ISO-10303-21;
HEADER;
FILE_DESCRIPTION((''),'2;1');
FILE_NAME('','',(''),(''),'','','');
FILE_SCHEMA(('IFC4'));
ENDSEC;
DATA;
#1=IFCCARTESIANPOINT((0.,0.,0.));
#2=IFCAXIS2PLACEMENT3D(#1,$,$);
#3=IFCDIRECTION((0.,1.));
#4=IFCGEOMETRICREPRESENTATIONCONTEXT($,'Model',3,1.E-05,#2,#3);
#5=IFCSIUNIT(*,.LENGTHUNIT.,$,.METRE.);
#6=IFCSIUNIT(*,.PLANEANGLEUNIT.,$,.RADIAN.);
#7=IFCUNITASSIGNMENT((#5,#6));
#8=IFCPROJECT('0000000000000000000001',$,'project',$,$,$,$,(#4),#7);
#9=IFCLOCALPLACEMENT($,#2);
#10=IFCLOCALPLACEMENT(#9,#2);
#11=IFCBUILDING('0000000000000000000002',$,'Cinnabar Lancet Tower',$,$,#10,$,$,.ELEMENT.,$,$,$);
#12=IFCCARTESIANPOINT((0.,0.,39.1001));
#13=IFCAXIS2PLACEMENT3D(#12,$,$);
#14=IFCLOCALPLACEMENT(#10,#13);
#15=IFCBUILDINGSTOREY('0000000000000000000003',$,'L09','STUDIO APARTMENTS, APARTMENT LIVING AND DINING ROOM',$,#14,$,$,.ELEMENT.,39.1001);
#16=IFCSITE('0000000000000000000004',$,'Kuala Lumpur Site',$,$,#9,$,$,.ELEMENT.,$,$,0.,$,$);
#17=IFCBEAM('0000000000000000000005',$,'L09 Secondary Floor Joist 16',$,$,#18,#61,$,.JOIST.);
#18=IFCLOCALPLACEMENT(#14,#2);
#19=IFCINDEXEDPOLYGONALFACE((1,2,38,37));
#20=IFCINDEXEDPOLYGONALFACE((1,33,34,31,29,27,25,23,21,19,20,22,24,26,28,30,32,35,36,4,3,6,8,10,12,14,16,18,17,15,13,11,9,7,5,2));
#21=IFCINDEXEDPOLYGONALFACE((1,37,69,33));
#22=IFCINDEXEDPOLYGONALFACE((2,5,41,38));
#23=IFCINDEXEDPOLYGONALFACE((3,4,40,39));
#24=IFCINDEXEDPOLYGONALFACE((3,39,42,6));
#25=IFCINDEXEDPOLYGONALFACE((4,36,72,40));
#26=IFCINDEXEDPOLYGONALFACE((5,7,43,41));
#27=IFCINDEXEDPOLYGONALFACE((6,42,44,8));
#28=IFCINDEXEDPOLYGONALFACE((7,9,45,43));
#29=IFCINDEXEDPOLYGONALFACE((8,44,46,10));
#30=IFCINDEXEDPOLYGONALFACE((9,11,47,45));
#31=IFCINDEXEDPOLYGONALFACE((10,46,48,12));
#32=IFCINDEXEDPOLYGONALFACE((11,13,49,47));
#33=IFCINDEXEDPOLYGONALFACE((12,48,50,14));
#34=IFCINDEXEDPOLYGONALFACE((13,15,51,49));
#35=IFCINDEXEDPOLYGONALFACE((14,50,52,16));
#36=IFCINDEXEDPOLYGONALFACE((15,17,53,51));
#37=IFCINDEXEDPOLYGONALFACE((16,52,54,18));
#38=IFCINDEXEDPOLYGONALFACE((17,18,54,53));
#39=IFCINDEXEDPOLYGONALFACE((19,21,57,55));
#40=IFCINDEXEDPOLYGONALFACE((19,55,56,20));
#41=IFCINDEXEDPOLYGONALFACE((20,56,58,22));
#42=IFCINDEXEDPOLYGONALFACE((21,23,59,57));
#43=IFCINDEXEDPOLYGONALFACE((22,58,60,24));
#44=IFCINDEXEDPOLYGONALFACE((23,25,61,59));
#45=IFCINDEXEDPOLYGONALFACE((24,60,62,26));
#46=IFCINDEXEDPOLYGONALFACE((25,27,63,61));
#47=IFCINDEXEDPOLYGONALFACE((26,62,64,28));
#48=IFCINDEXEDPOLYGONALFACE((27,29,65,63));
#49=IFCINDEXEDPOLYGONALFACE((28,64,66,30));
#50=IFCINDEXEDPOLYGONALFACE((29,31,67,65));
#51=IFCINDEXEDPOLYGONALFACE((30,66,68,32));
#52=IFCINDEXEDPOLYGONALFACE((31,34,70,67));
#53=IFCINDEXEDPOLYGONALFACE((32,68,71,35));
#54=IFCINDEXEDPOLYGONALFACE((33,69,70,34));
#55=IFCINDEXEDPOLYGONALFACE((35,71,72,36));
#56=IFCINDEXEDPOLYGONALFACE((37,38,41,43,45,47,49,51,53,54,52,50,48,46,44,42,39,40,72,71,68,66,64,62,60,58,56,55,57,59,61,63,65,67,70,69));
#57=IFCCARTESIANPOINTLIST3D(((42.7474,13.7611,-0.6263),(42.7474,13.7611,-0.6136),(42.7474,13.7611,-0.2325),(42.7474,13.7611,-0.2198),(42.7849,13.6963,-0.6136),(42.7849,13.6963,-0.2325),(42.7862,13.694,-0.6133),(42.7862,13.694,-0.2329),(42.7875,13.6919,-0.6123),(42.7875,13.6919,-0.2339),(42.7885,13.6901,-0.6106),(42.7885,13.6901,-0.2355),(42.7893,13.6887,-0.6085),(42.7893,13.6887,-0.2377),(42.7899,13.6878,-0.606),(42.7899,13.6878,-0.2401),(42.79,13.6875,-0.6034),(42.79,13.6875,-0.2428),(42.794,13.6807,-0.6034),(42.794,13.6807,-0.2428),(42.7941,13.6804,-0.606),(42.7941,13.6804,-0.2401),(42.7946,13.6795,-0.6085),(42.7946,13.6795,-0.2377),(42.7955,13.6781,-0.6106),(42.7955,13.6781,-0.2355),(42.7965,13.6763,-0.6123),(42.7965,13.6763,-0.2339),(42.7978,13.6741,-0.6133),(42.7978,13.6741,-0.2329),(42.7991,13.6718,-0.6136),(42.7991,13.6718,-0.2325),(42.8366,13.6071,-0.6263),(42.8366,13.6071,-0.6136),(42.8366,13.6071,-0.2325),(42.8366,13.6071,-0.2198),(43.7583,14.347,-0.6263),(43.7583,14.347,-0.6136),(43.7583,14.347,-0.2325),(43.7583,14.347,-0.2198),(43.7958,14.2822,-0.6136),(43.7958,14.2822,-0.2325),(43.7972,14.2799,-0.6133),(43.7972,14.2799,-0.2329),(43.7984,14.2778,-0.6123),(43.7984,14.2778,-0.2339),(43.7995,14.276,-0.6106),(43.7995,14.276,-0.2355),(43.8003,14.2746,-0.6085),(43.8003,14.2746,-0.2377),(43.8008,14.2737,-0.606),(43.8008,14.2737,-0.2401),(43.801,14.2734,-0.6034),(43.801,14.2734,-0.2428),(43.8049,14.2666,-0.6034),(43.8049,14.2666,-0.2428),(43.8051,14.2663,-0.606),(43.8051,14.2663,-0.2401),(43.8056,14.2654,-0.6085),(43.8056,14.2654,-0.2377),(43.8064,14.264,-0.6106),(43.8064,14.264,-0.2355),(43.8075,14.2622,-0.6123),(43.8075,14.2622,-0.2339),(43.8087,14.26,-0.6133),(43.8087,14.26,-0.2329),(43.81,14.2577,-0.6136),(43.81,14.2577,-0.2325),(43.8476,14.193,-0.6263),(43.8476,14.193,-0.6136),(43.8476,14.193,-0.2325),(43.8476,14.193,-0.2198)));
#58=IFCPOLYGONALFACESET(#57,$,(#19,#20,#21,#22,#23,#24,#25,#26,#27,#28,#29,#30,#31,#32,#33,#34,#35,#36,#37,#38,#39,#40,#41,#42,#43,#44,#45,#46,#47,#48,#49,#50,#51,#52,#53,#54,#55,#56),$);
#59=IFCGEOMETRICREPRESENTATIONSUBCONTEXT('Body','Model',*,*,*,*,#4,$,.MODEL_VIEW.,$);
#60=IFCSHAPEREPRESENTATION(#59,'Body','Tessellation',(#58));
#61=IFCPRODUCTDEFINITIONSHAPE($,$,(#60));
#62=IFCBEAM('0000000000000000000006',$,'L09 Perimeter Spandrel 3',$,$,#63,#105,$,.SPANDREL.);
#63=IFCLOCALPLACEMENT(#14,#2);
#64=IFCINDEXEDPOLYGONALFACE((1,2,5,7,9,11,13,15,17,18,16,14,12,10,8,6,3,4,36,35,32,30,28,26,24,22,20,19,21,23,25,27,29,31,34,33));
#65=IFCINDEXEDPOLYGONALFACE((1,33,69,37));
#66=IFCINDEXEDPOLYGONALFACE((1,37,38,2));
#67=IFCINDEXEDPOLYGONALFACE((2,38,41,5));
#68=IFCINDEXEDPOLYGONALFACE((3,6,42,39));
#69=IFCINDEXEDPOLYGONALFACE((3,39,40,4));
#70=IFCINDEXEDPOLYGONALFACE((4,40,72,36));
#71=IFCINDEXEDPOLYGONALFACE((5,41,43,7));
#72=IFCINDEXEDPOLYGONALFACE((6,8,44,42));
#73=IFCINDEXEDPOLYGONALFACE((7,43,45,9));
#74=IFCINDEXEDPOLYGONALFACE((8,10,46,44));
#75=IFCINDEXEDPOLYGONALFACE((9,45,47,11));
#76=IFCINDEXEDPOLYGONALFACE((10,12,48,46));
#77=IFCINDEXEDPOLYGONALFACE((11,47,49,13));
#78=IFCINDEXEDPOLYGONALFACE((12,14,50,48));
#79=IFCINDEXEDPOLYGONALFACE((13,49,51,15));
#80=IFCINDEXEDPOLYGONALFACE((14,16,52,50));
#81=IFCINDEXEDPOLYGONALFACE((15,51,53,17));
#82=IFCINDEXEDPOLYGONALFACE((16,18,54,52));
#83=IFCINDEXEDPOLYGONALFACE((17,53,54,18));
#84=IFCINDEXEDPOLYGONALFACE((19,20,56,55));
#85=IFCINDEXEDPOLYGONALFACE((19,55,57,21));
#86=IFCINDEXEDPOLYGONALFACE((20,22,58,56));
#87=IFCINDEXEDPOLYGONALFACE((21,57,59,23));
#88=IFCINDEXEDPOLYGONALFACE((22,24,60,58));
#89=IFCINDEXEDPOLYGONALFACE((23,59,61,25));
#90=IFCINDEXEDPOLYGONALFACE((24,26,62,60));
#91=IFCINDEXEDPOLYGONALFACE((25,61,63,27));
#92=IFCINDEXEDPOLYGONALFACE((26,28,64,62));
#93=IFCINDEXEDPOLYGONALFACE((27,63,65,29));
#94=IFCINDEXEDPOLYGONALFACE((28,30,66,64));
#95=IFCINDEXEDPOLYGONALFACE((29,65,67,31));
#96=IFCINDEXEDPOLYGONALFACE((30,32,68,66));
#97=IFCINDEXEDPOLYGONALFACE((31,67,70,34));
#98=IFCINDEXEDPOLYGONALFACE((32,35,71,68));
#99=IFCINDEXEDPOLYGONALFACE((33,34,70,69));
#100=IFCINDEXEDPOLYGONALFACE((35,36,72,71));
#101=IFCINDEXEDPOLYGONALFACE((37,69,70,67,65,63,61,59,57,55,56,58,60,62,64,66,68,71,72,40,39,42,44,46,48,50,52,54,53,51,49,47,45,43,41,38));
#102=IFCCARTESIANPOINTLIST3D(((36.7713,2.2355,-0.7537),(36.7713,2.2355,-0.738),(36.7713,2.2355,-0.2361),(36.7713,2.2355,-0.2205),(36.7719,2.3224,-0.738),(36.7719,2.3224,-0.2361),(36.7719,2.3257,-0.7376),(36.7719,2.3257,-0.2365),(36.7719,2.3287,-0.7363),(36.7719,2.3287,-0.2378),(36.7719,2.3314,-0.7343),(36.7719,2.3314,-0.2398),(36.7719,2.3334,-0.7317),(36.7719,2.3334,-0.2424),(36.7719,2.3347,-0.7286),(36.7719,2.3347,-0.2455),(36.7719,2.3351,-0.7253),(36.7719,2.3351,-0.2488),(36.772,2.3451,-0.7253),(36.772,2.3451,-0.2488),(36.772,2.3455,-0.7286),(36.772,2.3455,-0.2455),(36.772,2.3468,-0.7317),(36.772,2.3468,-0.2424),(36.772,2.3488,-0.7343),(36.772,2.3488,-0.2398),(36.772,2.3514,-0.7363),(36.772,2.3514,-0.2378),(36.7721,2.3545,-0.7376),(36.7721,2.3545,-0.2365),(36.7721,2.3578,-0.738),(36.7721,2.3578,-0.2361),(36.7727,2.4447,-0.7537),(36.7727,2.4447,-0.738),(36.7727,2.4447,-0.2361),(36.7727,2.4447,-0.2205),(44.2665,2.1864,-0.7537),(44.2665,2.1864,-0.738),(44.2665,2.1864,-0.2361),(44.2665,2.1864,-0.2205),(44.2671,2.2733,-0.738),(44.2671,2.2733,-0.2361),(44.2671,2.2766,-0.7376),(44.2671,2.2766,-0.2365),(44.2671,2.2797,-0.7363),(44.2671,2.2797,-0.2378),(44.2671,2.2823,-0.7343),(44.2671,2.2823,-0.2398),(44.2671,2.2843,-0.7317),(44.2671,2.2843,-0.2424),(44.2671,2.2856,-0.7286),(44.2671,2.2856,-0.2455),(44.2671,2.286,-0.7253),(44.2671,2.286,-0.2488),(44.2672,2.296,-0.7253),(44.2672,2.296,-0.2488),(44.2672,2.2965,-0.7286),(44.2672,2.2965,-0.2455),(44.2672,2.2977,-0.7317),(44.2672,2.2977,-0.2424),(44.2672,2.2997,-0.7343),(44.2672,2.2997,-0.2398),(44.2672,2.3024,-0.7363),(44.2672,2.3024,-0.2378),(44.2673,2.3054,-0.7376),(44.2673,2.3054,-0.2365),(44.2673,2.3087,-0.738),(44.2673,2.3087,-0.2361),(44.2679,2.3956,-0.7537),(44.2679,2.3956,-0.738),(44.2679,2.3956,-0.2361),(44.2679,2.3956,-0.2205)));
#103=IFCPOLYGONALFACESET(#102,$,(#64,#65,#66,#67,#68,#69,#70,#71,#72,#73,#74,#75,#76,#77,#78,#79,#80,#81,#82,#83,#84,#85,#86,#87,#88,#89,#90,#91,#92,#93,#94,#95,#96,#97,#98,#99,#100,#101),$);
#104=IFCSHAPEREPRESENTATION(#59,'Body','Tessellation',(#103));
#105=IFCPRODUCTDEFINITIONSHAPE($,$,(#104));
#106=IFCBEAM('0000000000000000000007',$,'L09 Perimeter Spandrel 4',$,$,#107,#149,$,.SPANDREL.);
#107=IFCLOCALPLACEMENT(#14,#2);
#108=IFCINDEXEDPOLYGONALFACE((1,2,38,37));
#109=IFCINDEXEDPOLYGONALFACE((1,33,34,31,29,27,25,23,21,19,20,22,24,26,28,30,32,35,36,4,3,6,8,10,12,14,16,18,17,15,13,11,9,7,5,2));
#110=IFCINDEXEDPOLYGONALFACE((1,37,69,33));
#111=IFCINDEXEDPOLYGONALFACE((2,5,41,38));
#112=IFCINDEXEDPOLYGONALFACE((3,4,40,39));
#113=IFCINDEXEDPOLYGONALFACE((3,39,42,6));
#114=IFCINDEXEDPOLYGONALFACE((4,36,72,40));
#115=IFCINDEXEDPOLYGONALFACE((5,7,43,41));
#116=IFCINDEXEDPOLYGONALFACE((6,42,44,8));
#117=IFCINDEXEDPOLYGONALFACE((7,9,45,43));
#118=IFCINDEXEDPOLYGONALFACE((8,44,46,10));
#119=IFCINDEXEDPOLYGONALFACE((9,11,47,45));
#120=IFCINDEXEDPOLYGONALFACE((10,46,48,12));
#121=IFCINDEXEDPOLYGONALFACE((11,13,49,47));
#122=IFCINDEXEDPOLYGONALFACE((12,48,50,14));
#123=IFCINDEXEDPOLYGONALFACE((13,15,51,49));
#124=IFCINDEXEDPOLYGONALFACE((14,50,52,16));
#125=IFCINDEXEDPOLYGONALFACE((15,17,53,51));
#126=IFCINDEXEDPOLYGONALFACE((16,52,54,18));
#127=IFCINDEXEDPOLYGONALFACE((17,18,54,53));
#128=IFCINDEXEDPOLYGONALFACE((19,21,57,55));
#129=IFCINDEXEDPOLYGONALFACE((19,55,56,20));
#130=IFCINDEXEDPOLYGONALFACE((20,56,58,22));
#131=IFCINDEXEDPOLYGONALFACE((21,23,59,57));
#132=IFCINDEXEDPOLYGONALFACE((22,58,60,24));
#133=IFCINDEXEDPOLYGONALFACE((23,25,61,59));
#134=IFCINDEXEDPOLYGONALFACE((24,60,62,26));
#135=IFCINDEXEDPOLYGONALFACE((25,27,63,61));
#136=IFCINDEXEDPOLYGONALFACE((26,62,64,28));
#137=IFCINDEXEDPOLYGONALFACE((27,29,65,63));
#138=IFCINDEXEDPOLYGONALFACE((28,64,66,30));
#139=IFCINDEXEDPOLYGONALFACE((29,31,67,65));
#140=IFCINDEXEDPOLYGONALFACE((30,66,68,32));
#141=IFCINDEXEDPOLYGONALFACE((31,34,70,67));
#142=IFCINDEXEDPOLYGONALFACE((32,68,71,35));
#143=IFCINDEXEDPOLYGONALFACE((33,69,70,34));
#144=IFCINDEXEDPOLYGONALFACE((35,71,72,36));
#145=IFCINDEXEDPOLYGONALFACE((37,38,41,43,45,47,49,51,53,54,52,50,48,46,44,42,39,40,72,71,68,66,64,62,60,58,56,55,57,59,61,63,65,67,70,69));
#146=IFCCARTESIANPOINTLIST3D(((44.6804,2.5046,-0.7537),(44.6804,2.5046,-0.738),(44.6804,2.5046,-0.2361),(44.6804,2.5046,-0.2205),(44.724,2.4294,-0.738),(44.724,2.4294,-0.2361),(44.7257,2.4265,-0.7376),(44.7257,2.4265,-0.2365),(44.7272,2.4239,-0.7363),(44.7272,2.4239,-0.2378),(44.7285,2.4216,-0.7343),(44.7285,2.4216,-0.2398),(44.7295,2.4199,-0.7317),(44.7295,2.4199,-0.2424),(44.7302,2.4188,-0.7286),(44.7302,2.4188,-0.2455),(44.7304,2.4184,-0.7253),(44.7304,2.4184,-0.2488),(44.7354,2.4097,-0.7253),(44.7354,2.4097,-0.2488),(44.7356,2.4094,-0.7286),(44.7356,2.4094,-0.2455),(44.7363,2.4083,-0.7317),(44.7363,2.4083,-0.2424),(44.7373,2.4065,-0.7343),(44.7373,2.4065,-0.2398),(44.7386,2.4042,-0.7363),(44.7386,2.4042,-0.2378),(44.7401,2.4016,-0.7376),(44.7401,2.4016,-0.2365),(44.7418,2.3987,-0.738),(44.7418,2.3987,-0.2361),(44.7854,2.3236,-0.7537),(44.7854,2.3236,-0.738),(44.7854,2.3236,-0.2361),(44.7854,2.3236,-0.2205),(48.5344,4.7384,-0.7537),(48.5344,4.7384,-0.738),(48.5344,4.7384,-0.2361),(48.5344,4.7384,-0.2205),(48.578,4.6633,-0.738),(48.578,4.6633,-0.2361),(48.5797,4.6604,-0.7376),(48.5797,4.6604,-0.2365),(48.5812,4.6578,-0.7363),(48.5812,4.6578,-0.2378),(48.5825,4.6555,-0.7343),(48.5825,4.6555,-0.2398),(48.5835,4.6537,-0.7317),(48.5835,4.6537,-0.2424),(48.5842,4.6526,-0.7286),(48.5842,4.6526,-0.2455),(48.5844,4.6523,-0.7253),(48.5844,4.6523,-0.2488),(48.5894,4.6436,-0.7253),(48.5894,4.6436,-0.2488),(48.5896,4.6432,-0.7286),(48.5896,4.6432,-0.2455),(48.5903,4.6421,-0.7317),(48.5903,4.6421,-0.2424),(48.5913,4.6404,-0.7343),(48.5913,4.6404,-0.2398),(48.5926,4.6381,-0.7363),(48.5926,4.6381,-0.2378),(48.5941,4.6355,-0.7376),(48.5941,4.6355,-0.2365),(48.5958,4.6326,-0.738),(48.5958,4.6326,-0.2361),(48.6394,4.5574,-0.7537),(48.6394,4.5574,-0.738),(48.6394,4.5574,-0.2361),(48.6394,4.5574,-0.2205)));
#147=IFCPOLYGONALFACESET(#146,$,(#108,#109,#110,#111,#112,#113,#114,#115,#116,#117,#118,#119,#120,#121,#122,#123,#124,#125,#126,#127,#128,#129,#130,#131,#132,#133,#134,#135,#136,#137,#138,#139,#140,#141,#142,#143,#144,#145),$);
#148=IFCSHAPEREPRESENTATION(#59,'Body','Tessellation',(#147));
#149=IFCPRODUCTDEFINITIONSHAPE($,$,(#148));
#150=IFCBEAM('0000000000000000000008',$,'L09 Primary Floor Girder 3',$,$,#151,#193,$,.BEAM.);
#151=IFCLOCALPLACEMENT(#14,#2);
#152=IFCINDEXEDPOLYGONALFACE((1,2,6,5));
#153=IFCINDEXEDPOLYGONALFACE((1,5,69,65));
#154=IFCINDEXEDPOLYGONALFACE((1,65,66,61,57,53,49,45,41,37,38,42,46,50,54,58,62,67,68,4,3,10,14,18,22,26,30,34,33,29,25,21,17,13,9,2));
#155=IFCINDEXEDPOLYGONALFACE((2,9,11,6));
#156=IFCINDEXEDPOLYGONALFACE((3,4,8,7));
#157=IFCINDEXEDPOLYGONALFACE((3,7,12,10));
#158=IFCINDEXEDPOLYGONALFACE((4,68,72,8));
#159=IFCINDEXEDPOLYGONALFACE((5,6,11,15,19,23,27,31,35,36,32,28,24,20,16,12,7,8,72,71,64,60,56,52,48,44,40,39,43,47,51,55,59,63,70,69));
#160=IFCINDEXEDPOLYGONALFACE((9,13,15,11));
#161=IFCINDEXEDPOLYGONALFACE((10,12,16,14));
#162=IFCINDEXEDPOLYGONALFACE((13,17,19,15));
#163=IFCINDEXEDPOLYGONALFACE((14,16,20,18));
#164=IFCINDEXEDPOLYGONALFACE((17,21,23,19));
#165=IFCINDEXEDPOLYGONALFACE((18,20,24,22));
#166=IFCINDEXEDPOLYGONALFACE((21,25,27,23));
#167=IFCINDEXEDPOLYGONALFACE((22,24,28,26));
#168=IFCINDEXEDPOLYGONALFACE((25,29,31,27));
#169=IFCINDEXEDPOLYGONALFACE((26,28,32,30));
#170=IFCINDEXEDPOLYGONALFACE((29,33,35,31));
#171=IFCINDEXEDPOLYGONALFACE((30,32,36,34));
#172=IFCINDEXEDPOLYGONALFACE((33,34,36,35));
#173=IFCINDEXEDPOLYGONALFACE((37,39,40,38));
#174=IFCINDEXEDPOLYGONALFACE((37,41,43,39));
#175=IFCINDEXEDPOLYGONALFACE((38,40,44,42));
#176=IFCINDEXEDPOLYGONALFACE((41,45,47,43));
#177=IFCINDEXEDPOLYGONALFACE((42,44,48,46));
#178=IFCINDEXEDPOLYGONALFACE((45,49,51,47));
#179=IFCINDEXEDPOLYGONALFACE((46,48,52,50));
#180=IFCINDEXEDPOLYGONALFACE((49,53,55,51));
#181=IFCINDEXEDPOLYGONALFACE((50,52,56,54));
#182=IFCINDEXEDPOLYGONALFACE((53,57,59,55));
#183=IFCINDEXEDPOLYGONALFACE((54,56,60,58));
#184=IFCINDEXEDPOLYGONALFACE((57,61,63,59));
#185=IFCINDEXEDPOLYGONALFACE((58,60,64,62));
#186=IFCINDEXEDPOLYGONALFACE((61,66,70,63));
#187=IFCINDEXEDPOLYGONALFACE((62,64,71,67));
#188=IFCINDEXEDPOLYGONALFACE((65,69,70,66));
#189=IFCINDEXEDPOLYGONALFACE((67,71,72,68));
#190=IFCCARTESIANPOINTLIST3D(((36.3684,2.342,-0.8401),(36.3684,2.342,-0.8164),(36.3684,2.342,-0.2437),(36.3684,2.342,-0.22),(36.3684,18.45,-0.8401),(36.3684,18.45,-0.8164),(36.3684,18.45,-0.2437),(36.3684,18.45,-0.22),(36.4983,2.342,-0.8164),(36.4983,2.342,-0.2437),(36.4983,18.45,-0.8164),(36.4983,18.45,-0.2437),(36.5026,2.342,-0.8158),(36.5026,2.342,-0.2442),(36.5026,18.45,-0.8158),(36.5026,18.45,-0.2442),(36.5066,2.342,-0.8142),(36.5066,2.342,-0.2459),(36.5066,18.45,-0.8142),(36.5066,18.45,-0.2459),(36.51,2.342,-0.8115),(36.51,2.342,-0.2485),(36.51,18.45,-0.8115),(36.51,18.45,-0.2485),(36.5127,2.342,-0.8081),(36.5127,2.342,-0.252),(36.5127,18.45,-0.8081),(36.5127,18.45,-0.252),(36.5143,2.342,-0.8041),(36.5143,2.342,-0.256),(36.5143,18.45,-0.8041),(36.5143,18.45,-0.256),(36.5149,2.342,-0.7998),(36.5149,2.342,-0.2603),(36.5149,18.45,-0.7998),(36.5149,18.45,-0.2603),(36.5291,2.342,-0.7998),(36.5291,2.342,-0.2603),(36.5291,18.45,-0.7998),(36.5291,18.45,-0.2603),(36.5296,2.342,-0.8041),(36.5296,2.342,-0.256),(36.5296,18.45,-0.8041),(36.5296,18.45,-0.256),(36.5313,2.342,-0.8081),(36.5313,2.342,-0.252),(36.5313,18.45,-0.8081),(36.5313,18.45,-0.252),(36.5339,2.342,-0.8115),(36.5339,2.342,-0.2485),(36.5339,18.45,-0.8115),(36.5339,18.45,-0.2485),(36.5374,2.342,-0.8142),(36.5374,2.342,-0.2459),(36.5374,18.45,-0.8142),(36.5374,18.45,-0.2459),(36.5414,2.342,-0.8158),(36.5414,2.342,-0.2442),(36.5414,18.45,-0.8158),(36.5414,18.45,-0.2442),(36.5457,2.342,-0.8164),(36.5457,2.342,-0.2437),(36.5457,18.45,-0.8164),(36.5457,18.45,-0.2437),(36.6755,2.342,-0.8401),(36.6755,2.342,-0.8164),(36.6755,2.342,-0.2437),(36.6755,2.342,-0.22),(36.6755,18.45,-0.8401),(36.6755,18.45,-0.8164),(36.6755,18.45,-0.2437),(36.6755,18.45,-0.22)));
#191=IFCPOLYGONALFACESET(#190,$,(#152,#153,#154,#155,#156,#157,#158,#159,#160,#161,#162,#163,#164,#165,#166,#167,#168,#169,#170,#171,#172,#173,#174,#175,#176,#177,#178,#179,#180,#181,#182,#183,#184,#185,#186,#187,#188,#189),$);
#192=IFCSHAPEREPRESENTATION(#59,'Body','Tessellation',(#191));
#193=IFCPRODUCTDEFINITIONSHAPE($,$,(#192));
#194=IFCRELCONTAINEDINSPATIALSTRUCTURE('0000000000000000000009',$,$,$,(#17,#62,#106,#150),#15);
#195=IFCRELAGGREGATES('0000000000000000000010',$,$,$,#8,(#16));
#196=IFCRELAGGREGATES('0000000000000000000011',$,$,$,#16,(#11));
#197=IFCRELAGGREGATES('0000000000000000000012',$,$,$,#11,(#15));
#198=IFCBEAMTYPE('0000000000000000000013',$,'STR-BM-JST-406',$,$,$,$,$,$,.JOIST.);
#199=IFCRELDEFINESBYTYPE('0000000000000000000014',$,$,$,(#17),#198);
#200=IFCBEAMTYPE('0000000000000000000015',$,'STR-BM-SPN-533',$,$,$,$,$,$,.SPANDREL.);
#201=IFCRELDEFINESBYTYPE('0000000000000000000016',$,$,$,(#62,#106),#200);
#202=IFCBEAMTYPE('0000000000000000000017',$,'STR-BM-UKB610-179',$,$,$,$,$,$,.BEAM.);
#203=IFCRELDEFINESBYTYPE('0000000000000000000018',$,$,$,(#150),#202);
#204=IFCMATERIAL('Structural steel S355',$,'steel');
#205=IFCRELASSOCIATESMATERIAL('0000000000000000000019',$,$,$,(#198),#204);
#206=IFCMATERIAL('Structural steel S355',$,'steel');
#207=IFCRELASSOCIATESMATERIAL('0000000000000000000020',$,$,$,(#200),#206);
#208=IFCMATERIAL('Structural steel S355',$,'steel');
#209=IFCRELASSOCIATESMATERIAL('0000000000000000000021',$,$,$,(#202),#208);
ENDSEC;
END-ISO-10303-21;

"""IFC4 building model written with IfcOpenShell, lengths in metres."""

from ifc_helpers import new_model, si_unit, direction, frame, origin, origin_2d, place, context, subcontext, project, spatial, i_section, extrude, material, material_profile, profile_set, type_object, element, save


model = new_model("IFC4")

# Units and contexts
model_context = context("Model", 3, precision=1e-05, world=origin(), true_north=direction((0.0, 1.0)))
body_context = subcontext(model_context, "Body", "Model", "MODEL_VIEW")
ifc_project = project(units=[si_unit("LENGTHUNIT", "METRE"), si_unit("PLANEANGLEUNIT", "RADIAN")], contexts=[model_context])

# Site, building, storey
site_placement = place(None, origin())
site = spatial("IfcSite", under=ifc_project, at=site_placement, Name="Kuala Lumpur Site", CompositionType="ELEMENT", RefElevation=0.0)
building_placement = place(site_placement, origin())
building = spatial("IfcBuilding", under=site, at=building_placement, Name="Cinnabar Lancet Tower", CompositionType="ELEMENT")
storey_placement = place(building_placement, frame((0.0, 0.0, 39.1001)))
storey = spatial("IfcBuildingStorey", under=building, at=storey_placement, Name="L09", Description="STUDIO APARTMENTS, APARTMENT LIVING AND DINING ROOM", CompositionType="ELEMENT", Elevation=39.1001)

# Beams
ifc_material_1 = material(Name="Structural steel S355", Category="steel")
ifc_material_profile_1 = material_profile(ifc_material_1, i_section(OverallWidth=0.178, OverallDepth=0.4065, WebThickness=0.0078, FlangeThickness=0.0127, FilletRadius=0.0103, at=origin_2d()), Name="UKB 406x178x60")
ifc_profile_set_1 = profile_set([ifc_material_profile_1], Name="Structural steel S355")
beam_type_1 = type_object("IfcBeamType", Name="STR-BM-JST-406", PredefinedType="JOIST", material=ifc_profile_set_1)
beam_1_placement = place(storey_placement, frame((42.792, 13.6841, -0.4231), z_axis=(0.865193, 0.50144, 0.0), x_axis=(-0.50144, 0.865193, 0.0)))
element("IfcBeam", 1, at=beam_1_placement, inside=storey, type_object=beam_type_1, Name="L09 Secondary Floor Joist 16", PredefinedType="JOIST", context=body_context, shape_type="SweptSolid", body=[
    extrude(i_section(OverallWidth=0.178, OverallDepth=0.4065, WebThickness=0.0078, FlangeThickness=0.0127, FilletRadius=0.0103, at=origin_2d()), origin(), (0.0, 0.0, 1.0), 1.1685),
])
ifc_material_2 = material(Name="Structural steel S355", Category="steel")
ifc_material_profile_2 = material_profile(ifc_material_2, i_section(OverallWidth=0.2092, OverallDepth=0.5332, WebThickness=0.01, FlangeThickness=0.0156, FilletRadius=0.0127, at=origin_2d()), Name="UKB 533x210x92")
ifc_profile_set_2 = profile_set([ifc_material_profile_2], Name="Structural steel S355")
beam_type_2 = type_object("IfcBeamType", Name="STR-BM-SPN-533", PredefinedType="SPANDREL", material=ifc_profile_set_2)
beam_2_placement = place(storey_placement, frame((36.772, 2.3401, -0.4871), z_axis=(0.999979, -0.006547, 0.0), x_axis=(0.006547, 0.999979, 0.0)))
element("IfcBeam", 2, at=beam_2_placement, inside=storey, type_object=beam_type_2, Name="L09 Perimeter Spandrel 3", PredefinedType="SPANDREL", context=body_context, shape_type="SweptSolid", body=[
    extrude(i_section(OverallWidth=0.2092, OverallDepth=0.5332, WebThickness=0.01, FlangeThickness=0.0156, FilletRadius=0.0127, at=origin_2d()), origin(), (0.0, 0.0, 1.0), 7.4954),
])
beam_3_placement = place(storey_placement, frame((44.7329, 2.4141, -0.4871), z_axis=(0.865171, 0.501477, 0.0), x_axis=(-0.501477, 0.865171, 0.0)))
element("IfcBeam", 3, at=beam_3_placement, inside=storey, type_object=beam_type_2, Name="L09 Perimeter Spandrel 4", PredefinedType="SPANDREL", context=body_context, shape_type="SweptSolid", body=[
    extrude(i_section(OverallWidth=0.2092, OverallDepth=0.5332, WebThickness=0.01, FlangeThickness=0.0156, FilletRadius=0.0127, at=origin_2d()), origin(), (0.0, 0.0, 1.0), 4.4546),
])
ifc_material_3 = material(Name="Structural steel S355", Category="steel")
ifc_material_profile_3 = material_profile(ifc_material_3, i_section(OverallWidth=0.3071, OverallDepth=0.6201, WebThickness=0.0142, FlangeThickness=0.0237, FilletRadius=0.0166, at=origin_2d()), Name="UKB 610x305x179")
ifc_profile_set_3 = profile_set([ifc_material_profile_3], Name="Structural steel S355")
beam_type_3 = type_object("IfcBeamType", Name="STR-BM-UKB610-179", PredefinedType="BEAM", material=ifc_profile_set_3)
beam_4_placement = place(storey_placement, frame((36.522, 2.342, -0.53), z_axis=(0.0, 1.0, 0.0), x_axis=(-1.0, 0.0, 0.0)))
element("IfcBeam", 4, at=beam_4_placement, inside=storey, type_object=beam_type_3, Name="L09 Primary Floor Girder 3", PredefinedType="BEAM", context=body_context, shape_type="SweptSolid", body=[
    extrude(i_section(OverallWidth=0.3071, OverallDepth=0.6201, WebThickness=0.0142, FlangeThickness=0.0237, FilletRadius=0.0166, at=origin_2d()), origin(), (0.0, 0.0, 1.0), 16.1079),
])

save(model, "model.ifc")
